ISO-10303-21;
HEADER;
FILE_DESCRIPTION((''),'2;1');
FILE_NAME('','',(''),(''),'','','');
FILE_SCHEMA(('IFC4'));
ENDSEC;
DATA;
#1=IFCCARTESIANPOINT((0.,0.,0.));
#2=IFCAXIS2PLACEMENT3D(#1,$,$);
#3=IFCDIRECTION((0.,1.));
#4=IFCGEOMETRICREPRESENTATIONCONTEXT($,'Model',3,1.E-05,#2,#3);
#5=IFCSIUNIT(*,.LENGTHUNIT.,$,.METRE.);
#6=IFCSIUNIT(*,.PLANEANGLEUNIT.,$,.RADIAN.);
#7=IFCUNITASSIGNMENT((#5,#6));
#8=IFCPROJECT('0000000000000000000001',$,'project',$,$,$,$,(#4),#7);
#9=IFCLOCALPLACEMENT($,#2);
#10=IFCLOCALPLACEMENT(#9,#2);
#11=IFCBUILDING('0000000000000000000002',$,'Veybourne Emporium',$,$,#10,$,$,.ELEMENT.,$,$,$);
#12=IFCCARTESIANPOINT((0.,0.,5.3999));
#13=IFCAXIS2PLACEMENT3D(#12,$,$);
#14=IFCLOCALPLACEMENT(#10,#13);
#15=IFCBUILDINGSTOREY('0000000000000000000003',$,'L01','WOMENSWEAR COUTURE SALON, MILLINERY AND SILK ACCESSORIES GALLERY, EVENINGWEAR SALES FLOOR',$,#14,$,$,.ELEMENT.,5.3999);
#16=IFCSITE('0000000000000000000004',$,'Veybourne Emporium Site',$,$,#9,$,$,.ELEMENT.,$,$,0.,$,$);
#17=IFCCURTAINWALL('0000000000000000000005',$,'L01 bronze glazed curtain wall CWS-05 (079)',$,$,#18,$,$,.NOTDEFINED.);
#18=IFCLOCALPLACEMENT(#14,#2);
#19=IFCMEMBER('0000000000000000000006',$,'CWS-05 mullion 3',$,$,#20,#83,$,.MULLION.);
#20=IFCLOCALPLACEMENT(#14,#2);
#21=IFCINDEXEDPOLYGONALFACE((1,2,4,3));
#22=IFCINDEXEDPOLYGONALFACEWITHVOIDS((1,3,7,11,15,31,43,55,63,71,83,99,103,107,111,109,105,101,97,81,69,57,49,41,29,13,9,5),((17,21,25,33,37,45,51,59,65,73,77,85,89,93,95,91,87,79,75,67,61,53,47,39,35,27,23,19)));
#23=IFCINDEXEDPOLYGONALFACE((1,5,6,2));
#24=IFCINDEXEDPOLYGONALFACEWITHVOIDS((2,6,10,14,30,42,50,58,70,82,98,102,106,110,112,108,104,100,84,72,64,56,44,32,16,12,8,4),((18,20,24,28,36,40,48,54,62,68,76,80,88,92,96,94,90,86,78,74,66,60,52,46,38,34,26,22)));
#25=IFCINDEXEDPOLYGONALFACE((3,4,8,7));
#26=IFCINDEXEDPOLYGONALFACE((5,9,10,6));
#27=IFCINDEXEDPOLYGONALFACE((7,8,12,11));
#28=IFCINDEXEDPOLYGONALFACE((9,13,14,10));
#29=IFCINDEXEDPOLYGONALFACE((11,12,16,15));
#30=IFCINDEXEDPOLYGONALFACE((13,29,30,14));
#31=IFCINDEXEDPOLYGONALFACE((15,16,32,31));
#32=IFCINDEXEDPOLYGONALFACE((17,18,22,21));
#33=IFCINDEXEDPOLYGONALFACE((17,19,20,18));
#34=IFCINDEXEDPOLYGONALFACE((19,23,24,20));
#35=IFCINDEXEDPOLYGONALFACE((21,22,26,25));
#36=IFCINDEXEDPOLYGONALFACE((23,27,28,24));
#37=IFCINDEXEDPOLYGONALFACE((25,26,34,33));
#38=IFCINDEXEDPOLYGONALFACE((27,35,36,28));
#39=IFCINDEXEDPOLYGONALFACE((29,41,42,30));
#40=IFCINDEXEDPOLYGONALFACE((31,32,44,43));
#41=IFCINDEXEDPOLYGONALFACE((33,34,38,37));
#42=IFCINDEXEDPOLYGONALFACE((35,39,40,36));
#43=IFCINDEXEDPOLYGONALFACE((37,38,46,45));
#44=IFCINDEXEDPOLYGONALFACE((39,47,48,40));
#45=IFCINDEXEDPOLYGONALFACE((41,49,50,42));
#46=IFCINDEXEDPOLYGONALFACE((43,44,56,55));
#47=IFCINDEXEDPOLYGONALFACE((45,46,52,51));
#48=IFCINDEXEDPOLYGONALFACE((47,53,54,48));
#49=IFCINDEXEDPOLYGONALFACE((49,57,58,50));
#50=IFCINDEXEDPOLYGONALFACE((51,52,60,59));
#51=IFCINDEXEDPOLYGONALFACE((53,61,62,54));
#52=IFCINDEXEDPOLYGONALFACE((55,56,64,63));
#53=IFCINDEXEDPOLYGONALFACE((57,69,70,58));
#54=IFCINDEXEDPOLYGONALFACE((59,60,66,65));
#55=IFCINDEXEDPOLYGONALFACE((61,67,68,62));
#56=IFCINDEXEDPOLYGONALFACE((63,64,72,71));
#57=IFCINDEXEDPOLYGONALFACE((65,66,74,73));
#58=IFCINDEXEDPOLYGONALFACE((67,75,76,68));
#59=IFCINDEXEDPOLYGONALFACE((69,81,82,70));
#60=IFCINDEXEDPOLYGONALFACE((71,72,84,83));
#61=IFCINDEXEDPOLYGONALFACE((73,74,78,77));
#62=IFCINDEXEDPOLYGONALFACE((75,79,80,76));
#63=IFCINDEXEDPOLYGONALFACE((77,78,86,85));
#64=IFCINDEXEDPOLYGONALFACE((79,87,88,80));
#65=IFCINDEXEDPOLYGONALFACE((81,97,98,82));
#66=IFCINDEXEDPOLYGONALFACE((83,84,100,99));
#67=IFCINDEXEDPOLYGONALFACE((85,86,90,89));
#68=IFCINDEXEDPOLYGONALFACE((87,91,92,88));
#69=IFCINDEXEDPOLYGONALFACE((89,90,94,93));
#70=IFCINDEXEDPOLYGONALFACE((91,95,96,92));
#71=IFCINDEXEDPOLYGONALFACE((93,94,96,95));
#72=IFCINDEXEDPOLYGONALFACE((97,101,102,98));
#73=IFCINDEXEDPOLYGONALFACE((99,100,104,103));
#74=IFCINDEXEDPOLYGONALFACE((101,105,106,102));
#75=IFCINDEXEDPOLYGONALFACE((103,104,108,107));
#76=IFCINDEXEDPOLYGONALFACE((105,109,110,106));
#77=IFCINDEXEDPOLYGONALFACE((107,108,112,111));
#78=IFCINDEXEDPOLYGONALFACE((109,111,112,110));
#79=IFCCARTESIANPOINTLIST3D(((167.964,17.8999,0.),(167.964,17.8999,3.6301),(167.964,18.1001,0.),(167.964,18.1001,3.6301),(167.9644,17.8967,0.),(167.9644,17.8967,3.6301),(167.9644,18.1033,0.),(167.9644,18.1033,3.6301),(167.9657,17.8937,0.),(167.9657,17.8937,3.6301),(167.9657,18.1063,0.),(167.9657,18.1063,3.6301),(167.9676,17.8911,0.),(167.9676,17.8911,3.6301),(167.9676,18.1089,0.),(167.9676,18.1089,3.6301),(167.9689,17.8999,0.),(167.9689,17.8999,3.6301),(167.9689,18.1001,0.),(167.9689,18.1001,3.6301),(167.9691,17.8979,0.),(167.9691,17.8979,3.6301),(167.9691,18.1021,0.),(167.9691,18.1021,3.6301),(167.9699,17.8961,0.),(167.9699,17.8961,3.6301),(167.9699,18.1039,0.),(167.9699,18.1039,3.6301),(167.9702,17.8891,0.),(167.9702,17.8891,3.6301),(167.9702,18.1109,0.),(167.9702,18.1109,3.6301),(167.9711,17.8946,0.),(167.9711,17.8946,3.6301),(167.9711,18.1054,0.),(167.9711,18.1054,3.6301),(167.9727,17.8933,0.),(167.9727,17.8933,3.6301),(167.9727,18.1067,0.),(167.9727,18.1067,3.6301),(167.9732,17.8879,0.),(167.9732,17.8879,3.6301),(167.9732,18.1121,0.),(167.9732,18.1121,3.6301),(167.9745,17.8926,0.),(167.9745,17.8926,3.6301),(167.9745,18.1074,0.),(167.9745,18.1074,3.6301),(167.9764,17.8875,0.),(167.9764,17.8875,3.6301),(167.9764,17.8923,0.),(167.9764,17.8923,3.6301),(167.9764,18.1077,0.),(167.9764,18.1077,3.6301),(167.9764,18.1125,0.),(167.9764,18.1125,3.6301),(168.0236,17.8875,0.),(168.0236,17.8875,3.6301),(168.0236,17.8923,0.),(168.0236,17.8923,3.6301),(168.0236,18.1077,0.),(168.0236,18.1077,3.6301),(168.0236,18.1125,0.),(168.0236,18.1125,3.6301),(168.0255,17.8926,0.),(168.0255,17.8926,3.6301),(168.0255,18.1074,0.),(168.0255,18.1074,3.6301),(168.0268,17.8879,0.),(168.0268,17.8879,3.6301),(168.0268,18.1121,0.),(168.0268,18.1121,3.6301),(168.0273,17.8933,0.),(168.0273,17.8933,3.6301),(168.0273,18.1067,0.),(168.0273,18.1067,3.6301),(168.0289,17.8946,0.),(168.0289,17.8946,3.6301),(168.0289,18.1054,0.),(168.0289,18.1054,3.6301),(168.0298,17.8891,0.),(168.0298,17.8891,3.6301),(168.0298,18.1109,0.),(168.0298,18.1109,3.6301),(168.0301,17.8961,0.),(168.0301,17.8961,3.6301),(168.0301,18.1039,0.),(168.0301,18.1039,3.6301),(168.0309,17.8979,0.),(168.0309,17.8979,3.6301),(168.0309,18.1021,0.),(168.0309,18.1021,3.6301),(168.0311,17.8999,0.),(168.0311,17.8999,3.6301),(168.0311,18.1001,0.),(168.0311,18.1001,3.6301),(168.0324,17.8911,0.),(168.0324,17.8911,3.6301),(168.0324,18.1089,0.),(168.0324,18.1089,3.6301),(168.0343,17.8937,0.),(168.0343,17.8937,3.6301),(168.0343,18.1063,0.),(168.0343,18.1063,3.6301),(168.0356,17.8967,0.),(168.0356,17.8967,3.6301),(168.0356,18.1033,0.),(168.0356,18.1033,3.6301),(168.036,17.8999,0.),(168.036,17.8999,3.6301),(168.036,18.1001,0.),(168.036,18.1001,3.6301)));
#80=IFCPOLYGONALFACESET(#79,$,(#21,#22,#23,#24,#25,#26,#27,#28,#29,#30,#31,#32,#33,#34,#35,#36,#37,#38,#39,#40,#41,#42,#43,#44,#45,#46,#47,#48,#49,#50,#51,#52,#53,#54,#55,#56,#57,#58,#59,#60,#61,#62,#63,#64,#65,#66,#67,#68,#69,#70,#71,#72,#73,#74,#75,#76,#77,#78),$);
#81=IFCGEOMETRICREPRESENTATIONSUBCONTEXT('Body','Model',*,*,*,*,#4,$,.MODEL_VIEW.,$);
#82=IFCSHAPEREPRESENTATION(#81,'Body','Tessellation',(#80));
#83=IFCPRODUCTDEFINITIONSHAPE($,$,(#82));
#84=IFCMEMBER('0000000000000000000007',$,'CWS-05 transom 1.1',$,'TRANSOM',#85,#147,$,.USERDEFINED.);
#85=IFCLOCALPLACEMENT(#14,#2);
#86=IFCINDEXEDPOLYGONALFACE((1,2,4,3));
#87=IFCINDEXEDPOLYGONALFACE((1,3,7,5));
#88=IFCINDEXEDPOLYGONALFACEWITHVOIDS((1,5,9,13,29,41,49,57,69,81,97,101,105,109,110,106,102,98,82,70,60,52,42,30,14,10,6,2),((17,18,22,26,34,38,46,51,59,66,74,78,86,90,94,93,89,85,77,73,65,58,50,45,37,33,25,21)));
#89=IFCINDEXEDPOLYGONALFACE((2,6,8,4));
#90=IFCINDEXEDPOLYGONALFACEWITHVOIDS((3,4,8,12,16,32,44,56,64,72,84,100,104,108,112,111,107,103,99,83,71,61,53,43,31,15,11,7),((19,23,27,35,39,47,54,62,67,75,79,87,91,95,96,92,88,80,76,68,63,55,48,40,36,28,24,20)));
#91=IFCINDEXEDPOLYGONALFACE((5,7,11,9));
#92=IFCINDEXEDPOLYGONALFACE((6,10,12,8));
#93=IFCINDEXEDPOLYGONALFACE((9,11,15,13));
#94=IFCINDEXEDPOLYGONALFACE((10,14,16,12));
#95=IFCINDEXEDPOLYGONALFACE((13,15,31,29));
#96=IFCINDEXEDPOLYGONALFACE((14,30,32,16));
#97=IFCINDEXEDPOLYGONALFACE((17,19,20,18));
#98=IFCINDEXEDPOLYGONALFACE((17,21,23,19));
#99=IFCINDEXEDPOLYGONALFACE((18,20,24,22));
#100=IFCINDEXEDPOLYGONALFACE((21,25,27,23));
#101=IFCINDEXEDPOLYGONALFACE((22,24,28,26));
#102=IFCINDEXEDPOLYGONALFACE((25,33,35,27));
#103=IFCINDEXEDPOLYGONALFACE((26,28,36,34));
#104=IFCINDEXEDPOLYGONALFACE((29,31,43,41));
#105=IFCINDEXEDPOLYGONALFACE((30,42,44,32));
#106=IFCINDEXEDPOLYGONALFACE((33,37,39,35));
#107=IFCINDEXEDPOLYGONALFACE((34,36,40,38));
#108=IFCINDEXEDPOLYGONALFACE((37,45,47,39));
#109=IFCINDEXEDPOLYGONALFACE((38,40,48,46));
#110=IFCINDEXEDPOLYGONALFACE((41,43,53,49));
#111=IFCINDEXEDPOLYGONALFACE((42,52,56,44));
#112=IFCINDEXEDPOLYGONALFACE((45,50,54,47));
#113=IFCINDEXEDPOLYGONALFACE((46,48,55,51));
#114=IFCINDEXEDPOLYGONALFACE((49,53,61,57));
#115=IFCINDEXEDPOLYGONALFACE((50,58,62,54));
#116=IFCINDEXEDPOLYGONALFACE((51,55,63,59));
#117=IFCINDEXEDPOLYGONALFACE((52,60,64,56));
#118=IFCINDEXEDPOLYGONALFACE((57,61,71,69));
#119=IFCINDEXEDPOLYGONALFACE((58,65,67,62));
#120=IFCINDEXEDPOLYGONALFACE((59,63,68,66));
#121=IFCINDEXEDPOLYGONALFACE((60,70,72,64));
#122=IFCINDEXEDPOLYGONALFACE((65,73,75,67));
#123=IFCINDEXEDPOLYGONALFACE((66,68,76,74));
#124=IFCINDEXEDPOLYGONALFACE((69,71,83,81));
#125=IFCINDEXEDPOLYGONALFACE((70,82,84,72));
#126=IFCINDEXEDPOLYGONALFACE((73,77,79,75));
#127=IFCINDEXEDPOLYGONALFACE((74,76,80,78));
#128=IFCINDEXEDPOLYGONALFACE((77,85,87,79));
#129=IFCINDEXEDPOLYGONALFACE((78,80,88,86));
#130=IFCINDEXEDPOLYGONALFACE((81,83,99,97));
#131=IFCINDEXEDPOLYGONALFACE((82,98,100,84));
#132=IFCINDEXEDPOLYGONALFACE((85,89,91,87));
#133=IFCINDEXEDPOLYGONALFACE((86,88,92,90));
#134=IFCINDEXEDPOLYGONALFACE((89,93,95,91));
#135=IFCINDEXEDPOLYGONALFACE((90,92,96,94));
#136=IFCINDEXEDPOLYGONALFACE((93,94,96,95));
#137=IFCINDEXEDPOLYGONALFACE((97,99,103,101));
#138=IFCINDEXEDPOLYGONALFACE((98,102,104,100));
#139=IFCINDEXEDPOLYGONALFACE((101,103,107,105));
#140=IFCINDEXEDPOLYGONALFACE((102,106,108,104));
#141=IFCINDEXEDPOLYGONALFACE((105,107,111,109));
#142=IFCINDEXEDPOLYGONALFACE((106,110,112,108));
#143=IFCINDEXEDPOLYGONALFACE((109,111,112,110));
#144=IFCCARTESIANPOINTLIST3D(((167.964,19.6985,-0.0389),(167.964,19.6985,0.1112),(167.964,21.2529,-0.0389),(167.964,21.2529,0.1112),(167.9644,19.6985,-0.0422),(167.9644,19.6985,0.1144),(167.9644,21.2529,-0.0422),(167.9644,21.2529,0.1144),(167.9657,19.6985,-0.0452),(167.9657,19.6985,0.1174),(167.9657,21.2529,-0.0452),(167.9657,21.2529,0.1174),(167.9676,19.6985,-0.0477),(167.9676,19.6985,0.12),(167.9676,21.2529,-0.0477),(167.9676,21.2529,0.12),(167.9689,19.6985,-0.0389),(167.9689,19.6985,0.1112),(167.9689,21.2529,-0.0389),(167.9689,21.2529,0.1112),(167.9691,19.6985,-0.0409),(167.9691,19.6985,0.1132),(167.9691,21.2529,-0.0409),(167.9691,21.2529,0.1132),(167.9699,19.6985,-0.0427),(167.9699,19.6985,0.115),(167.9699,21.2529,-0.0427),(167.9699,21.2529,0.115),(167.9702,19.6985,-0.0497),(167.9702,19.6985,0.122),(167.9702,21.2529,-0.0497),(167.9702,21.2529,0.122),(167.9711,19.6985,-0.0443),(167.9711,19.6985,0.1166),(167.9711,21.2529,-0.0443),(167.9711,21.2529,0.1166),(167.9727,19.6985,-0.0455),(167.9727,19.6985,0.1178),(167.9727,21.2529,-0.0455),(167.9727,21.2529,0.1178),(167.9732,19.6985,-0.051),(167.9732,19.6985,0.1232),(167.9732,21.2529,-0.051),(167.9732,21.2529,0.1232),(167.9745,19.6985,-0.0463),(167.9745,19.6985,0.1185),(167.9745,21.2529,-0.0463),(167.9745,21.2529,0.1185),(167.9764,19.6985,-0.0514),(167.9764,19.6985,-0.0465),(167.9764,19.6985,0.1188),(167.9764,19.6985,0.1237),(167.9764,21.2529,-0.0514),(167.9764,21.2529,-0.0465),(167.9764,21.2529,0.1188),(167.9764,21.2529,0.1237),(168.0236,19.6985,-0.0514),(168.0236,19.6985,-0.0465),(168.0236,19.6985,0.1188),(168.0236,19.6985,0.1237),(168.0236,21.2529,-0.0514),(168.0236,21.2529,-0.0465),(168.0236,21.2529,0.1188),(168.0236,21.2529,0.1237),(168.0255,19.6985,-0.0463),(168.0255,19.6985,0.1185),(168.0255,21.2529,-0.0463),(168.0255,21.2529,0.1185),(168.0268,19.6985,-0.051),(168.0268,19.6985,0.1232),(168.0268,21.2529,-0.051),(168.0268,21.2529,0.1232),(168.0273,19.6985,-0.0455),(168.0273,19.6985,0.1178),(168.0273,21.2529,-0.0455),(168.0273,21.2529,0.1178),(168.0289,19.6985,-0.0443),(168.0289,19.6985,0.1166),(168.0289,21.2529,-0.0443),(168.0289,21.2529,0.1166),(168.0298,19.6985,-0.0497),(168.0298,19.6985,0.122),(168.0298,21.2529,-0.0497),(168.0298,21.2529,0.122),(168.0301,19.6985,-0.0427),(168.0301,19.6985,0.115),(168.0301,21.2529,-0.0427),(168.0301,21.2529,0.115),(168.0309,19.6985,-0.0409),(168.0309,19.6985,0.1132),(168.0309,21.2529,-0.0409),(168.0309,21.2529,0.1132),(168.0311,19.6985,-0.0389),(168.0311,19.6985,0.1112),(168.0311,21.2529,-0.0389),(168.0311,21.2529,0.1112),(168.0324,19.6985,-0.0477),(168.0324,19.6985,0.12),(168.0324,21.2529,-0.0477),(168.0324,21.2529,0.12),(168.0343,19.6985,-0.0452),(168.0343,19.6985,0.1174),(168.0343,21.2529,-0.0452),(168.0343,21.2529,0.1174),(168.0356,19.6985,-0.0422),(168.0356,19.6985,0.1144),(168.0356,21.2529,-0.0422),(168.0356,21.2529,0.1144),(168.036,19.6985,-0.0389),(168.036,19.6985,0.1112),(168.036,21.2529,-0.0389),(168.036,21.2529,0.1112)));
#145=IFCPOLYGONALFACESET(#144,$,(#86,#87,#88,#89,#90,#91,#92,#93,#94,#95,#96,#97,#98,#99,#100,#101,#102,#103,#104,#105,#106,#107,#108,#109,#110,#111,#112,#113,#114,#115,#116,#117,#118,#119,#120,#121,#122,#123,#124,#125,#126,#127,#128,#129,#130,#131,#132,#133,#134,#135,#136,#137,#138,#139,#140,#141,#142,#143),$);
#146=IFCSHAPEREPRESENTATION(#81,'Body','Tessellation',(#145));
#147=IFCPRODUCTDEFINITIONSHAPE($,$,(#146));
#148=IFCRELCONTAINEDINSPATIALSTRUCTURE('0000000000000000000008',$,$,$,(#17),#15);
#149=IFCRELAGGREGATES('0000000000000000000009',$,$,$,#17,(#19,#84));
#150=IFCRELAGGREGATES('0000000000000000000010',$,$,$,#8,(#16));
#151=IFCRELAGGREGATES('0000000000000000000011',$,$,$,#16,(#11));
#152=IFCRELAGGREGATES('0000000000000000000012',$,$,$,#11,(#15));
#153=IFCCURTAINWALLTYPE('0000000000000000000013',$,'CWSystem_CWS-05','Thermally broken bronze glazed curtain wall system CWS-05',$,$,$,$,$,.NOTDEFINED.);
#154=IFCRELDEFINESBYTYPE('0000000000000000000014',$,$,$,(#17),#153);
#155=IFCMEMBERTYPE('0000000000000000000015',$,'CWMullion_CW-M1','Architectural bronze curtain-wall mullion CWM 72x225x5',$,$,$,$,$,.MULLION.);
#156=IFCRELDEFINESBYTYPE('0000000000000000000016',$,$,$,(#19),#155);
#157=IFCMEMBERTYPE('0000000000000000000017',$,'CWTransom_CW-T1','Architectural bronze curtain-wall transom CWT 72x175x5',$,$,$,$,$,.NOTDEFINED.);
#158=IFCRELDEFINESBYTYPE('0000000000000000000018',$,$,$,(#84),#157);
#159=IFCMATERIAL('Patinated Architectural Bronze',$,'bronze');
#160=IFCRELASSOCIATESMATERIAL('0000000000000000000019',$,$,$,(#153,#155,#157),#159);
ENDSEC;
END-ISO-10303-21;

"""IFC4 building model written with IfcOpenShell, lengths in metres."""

from ifc_helpers import new_model, si_unit, direction, frame, origin, origin_2d, place, context, subcontext, project, spatial, hollow_rectangle, extrude, material, material_profile, profile_set, type_object, element, aggregate, save


model = new_model("IFC4")

# Units and contexts
model_context = context("Model", 3, precision=1e-05, world=origin(), true_north=direction((0.0, 1.0)))
body_context = subcontext(model_context, "Body", "Model", "MODEL_VIEW")
ifc_project = project(units=[si_unit("LENGTHUNIT", "METRE"), si_unit("PLANEANGLEUNIT", "RADIAN")], contexts=[model_context])

# Site, building, storey
site_placement = place(None, origin())
site = spatial("IfcSite", under=ifc_project, at=site_placement, Name="Veybourne Emporium Site", CompositionType="ELEMENT", RefElevation=0.0)
building_placement = place(site_placement, origin())
building = spatial("IfcBuilding", under=site, at=building_placement, Name="Veybourne Emporium", CompositionType="ELEMENT")
storey_placement = place(building_placement, frame((0.0, 0.0, 5.3999)))
storey = spatial("IfcBuildingStorey", under=building, at=storey_placement, Name="L01", Description="WOMENSWEAR COUTURE SALON, MILLINERY AND SILK ACCESSORIES GALLERY, EVENINGWEAR SALES FLOOR", CompositionType="ELEMENT", Elevation=5.3999)

# Curtain wall, members
ifc_material_1 = material(Name="Patinated Architectural Bronze", Category="bronze")
curtain_wall_type = type_object("IfcCurtainWallType", Name="CWSystem_CWS-05", Description="Thermally broken bronze glazed curtain wall system CWS-05", PredefinedType="NOTDEFINED", material=ifc_material_1)
curtain_wall_placement = place(storey_placement, origin())
curtain_wall = element("IfcCurtainWall", 1, at=curtain_wall_placement, inside=storey, type_object=curtain_wall_type, Name="L01 bronze glazed curtain wall CWS-05 (079)", PredefinedType="NOTDEFINED")
ifc_material_profile_1 = material_profile(ifc_material_1, hollow_rectangle(XDim=0.072, YDim=0.2251, WallThickness=0.0049, InnerFilletRadius=0.0076, OuterFilletRadius=0.0125, at=origin_2d()), Name="CWM 72x225x5")
ifc_profile_set_1 = profile_set([ifc_material_profile_1], Name="Patinated Architectural Bronze")
member_type_1 = type_object("IfcMemberType", Name="CWMullion_CW-M1", Description="Architectural bronze curtain-wall mullion CWM 72x225x5", PredefinedType="MULLION", material=ifc_profile_set_1)
member_1_placement = place(storey_placement, frame((168.0, 18.0, 0.0), z_axis=(0.0, 0.0, 1.0), x_axis=(1.0, 0.0, 0.0)))
member_1 = element("IfcMember", 2, at=member_1_placement, type_object=member_type_1, Name="CWS-05 mullion 3", PredefinedType="MULLION", context=body_context, shape_type="SweptSolid", body=[
    extrude(hollow_rectangle(XDim=0.072, YDim=0.2251, WallThickness=0.0049, InnerFilletRadius=0.0076, OuterFilletRadius=0.0125, at=origin_2d()), origin(), (0.0, 0.0, 1.0), 3.6301),
])
ifc_material_profile_2 = material_profile(ifc_material_1, hollow_rectangle(XDim=0.072, YDim=0.175, WallThickness=0.0049, InnerFilletRadius=0.0076, OuterFilletRadius=0.0125, at=origin_2d()), Name="CWT 72x175x5")
ifc_profile_set_2 = profile_set([ifc_material_profile_2], Name="Patinated Architectural Bronze")
member_type_2 = type_object("IfcMemberType", Name="CWTransom_CW-T1", Description="Architectural bronze curtain-wall transom CWT 72x175x5", PredefinedType="NOTDEFINED", material=ifc_profile_set_2)
member_2_placement = place(storey_placement, frame((168.0, 21.2529, 0.0361), z_axis=(0.0, -1.0, 0.0), x_axis=(1.0, 0.0, 0.0)))
member_2 = element("IfcMember", 3, at=member_2_placement, type_object=member_type_2, Name="CWS-05 transom 1.1", ObjectType="TRANSOM", PredefinedType="USERDEFINED", context=body_context, shape_type="SweptSolid", body=[
    extrude(hollow_rectangle(XDim=0.072, YDim=0.175, WallThickness=0.0049, InnerFilletRadius=0.0076, OuterFilletRadius=0.0125, at=origin_2d()), origin(), (0.0, 0.0, 1.0), 1.5544),
])
aggregate(curtain_wall, [member_1, member_2])

save(model, "model.ifc")
